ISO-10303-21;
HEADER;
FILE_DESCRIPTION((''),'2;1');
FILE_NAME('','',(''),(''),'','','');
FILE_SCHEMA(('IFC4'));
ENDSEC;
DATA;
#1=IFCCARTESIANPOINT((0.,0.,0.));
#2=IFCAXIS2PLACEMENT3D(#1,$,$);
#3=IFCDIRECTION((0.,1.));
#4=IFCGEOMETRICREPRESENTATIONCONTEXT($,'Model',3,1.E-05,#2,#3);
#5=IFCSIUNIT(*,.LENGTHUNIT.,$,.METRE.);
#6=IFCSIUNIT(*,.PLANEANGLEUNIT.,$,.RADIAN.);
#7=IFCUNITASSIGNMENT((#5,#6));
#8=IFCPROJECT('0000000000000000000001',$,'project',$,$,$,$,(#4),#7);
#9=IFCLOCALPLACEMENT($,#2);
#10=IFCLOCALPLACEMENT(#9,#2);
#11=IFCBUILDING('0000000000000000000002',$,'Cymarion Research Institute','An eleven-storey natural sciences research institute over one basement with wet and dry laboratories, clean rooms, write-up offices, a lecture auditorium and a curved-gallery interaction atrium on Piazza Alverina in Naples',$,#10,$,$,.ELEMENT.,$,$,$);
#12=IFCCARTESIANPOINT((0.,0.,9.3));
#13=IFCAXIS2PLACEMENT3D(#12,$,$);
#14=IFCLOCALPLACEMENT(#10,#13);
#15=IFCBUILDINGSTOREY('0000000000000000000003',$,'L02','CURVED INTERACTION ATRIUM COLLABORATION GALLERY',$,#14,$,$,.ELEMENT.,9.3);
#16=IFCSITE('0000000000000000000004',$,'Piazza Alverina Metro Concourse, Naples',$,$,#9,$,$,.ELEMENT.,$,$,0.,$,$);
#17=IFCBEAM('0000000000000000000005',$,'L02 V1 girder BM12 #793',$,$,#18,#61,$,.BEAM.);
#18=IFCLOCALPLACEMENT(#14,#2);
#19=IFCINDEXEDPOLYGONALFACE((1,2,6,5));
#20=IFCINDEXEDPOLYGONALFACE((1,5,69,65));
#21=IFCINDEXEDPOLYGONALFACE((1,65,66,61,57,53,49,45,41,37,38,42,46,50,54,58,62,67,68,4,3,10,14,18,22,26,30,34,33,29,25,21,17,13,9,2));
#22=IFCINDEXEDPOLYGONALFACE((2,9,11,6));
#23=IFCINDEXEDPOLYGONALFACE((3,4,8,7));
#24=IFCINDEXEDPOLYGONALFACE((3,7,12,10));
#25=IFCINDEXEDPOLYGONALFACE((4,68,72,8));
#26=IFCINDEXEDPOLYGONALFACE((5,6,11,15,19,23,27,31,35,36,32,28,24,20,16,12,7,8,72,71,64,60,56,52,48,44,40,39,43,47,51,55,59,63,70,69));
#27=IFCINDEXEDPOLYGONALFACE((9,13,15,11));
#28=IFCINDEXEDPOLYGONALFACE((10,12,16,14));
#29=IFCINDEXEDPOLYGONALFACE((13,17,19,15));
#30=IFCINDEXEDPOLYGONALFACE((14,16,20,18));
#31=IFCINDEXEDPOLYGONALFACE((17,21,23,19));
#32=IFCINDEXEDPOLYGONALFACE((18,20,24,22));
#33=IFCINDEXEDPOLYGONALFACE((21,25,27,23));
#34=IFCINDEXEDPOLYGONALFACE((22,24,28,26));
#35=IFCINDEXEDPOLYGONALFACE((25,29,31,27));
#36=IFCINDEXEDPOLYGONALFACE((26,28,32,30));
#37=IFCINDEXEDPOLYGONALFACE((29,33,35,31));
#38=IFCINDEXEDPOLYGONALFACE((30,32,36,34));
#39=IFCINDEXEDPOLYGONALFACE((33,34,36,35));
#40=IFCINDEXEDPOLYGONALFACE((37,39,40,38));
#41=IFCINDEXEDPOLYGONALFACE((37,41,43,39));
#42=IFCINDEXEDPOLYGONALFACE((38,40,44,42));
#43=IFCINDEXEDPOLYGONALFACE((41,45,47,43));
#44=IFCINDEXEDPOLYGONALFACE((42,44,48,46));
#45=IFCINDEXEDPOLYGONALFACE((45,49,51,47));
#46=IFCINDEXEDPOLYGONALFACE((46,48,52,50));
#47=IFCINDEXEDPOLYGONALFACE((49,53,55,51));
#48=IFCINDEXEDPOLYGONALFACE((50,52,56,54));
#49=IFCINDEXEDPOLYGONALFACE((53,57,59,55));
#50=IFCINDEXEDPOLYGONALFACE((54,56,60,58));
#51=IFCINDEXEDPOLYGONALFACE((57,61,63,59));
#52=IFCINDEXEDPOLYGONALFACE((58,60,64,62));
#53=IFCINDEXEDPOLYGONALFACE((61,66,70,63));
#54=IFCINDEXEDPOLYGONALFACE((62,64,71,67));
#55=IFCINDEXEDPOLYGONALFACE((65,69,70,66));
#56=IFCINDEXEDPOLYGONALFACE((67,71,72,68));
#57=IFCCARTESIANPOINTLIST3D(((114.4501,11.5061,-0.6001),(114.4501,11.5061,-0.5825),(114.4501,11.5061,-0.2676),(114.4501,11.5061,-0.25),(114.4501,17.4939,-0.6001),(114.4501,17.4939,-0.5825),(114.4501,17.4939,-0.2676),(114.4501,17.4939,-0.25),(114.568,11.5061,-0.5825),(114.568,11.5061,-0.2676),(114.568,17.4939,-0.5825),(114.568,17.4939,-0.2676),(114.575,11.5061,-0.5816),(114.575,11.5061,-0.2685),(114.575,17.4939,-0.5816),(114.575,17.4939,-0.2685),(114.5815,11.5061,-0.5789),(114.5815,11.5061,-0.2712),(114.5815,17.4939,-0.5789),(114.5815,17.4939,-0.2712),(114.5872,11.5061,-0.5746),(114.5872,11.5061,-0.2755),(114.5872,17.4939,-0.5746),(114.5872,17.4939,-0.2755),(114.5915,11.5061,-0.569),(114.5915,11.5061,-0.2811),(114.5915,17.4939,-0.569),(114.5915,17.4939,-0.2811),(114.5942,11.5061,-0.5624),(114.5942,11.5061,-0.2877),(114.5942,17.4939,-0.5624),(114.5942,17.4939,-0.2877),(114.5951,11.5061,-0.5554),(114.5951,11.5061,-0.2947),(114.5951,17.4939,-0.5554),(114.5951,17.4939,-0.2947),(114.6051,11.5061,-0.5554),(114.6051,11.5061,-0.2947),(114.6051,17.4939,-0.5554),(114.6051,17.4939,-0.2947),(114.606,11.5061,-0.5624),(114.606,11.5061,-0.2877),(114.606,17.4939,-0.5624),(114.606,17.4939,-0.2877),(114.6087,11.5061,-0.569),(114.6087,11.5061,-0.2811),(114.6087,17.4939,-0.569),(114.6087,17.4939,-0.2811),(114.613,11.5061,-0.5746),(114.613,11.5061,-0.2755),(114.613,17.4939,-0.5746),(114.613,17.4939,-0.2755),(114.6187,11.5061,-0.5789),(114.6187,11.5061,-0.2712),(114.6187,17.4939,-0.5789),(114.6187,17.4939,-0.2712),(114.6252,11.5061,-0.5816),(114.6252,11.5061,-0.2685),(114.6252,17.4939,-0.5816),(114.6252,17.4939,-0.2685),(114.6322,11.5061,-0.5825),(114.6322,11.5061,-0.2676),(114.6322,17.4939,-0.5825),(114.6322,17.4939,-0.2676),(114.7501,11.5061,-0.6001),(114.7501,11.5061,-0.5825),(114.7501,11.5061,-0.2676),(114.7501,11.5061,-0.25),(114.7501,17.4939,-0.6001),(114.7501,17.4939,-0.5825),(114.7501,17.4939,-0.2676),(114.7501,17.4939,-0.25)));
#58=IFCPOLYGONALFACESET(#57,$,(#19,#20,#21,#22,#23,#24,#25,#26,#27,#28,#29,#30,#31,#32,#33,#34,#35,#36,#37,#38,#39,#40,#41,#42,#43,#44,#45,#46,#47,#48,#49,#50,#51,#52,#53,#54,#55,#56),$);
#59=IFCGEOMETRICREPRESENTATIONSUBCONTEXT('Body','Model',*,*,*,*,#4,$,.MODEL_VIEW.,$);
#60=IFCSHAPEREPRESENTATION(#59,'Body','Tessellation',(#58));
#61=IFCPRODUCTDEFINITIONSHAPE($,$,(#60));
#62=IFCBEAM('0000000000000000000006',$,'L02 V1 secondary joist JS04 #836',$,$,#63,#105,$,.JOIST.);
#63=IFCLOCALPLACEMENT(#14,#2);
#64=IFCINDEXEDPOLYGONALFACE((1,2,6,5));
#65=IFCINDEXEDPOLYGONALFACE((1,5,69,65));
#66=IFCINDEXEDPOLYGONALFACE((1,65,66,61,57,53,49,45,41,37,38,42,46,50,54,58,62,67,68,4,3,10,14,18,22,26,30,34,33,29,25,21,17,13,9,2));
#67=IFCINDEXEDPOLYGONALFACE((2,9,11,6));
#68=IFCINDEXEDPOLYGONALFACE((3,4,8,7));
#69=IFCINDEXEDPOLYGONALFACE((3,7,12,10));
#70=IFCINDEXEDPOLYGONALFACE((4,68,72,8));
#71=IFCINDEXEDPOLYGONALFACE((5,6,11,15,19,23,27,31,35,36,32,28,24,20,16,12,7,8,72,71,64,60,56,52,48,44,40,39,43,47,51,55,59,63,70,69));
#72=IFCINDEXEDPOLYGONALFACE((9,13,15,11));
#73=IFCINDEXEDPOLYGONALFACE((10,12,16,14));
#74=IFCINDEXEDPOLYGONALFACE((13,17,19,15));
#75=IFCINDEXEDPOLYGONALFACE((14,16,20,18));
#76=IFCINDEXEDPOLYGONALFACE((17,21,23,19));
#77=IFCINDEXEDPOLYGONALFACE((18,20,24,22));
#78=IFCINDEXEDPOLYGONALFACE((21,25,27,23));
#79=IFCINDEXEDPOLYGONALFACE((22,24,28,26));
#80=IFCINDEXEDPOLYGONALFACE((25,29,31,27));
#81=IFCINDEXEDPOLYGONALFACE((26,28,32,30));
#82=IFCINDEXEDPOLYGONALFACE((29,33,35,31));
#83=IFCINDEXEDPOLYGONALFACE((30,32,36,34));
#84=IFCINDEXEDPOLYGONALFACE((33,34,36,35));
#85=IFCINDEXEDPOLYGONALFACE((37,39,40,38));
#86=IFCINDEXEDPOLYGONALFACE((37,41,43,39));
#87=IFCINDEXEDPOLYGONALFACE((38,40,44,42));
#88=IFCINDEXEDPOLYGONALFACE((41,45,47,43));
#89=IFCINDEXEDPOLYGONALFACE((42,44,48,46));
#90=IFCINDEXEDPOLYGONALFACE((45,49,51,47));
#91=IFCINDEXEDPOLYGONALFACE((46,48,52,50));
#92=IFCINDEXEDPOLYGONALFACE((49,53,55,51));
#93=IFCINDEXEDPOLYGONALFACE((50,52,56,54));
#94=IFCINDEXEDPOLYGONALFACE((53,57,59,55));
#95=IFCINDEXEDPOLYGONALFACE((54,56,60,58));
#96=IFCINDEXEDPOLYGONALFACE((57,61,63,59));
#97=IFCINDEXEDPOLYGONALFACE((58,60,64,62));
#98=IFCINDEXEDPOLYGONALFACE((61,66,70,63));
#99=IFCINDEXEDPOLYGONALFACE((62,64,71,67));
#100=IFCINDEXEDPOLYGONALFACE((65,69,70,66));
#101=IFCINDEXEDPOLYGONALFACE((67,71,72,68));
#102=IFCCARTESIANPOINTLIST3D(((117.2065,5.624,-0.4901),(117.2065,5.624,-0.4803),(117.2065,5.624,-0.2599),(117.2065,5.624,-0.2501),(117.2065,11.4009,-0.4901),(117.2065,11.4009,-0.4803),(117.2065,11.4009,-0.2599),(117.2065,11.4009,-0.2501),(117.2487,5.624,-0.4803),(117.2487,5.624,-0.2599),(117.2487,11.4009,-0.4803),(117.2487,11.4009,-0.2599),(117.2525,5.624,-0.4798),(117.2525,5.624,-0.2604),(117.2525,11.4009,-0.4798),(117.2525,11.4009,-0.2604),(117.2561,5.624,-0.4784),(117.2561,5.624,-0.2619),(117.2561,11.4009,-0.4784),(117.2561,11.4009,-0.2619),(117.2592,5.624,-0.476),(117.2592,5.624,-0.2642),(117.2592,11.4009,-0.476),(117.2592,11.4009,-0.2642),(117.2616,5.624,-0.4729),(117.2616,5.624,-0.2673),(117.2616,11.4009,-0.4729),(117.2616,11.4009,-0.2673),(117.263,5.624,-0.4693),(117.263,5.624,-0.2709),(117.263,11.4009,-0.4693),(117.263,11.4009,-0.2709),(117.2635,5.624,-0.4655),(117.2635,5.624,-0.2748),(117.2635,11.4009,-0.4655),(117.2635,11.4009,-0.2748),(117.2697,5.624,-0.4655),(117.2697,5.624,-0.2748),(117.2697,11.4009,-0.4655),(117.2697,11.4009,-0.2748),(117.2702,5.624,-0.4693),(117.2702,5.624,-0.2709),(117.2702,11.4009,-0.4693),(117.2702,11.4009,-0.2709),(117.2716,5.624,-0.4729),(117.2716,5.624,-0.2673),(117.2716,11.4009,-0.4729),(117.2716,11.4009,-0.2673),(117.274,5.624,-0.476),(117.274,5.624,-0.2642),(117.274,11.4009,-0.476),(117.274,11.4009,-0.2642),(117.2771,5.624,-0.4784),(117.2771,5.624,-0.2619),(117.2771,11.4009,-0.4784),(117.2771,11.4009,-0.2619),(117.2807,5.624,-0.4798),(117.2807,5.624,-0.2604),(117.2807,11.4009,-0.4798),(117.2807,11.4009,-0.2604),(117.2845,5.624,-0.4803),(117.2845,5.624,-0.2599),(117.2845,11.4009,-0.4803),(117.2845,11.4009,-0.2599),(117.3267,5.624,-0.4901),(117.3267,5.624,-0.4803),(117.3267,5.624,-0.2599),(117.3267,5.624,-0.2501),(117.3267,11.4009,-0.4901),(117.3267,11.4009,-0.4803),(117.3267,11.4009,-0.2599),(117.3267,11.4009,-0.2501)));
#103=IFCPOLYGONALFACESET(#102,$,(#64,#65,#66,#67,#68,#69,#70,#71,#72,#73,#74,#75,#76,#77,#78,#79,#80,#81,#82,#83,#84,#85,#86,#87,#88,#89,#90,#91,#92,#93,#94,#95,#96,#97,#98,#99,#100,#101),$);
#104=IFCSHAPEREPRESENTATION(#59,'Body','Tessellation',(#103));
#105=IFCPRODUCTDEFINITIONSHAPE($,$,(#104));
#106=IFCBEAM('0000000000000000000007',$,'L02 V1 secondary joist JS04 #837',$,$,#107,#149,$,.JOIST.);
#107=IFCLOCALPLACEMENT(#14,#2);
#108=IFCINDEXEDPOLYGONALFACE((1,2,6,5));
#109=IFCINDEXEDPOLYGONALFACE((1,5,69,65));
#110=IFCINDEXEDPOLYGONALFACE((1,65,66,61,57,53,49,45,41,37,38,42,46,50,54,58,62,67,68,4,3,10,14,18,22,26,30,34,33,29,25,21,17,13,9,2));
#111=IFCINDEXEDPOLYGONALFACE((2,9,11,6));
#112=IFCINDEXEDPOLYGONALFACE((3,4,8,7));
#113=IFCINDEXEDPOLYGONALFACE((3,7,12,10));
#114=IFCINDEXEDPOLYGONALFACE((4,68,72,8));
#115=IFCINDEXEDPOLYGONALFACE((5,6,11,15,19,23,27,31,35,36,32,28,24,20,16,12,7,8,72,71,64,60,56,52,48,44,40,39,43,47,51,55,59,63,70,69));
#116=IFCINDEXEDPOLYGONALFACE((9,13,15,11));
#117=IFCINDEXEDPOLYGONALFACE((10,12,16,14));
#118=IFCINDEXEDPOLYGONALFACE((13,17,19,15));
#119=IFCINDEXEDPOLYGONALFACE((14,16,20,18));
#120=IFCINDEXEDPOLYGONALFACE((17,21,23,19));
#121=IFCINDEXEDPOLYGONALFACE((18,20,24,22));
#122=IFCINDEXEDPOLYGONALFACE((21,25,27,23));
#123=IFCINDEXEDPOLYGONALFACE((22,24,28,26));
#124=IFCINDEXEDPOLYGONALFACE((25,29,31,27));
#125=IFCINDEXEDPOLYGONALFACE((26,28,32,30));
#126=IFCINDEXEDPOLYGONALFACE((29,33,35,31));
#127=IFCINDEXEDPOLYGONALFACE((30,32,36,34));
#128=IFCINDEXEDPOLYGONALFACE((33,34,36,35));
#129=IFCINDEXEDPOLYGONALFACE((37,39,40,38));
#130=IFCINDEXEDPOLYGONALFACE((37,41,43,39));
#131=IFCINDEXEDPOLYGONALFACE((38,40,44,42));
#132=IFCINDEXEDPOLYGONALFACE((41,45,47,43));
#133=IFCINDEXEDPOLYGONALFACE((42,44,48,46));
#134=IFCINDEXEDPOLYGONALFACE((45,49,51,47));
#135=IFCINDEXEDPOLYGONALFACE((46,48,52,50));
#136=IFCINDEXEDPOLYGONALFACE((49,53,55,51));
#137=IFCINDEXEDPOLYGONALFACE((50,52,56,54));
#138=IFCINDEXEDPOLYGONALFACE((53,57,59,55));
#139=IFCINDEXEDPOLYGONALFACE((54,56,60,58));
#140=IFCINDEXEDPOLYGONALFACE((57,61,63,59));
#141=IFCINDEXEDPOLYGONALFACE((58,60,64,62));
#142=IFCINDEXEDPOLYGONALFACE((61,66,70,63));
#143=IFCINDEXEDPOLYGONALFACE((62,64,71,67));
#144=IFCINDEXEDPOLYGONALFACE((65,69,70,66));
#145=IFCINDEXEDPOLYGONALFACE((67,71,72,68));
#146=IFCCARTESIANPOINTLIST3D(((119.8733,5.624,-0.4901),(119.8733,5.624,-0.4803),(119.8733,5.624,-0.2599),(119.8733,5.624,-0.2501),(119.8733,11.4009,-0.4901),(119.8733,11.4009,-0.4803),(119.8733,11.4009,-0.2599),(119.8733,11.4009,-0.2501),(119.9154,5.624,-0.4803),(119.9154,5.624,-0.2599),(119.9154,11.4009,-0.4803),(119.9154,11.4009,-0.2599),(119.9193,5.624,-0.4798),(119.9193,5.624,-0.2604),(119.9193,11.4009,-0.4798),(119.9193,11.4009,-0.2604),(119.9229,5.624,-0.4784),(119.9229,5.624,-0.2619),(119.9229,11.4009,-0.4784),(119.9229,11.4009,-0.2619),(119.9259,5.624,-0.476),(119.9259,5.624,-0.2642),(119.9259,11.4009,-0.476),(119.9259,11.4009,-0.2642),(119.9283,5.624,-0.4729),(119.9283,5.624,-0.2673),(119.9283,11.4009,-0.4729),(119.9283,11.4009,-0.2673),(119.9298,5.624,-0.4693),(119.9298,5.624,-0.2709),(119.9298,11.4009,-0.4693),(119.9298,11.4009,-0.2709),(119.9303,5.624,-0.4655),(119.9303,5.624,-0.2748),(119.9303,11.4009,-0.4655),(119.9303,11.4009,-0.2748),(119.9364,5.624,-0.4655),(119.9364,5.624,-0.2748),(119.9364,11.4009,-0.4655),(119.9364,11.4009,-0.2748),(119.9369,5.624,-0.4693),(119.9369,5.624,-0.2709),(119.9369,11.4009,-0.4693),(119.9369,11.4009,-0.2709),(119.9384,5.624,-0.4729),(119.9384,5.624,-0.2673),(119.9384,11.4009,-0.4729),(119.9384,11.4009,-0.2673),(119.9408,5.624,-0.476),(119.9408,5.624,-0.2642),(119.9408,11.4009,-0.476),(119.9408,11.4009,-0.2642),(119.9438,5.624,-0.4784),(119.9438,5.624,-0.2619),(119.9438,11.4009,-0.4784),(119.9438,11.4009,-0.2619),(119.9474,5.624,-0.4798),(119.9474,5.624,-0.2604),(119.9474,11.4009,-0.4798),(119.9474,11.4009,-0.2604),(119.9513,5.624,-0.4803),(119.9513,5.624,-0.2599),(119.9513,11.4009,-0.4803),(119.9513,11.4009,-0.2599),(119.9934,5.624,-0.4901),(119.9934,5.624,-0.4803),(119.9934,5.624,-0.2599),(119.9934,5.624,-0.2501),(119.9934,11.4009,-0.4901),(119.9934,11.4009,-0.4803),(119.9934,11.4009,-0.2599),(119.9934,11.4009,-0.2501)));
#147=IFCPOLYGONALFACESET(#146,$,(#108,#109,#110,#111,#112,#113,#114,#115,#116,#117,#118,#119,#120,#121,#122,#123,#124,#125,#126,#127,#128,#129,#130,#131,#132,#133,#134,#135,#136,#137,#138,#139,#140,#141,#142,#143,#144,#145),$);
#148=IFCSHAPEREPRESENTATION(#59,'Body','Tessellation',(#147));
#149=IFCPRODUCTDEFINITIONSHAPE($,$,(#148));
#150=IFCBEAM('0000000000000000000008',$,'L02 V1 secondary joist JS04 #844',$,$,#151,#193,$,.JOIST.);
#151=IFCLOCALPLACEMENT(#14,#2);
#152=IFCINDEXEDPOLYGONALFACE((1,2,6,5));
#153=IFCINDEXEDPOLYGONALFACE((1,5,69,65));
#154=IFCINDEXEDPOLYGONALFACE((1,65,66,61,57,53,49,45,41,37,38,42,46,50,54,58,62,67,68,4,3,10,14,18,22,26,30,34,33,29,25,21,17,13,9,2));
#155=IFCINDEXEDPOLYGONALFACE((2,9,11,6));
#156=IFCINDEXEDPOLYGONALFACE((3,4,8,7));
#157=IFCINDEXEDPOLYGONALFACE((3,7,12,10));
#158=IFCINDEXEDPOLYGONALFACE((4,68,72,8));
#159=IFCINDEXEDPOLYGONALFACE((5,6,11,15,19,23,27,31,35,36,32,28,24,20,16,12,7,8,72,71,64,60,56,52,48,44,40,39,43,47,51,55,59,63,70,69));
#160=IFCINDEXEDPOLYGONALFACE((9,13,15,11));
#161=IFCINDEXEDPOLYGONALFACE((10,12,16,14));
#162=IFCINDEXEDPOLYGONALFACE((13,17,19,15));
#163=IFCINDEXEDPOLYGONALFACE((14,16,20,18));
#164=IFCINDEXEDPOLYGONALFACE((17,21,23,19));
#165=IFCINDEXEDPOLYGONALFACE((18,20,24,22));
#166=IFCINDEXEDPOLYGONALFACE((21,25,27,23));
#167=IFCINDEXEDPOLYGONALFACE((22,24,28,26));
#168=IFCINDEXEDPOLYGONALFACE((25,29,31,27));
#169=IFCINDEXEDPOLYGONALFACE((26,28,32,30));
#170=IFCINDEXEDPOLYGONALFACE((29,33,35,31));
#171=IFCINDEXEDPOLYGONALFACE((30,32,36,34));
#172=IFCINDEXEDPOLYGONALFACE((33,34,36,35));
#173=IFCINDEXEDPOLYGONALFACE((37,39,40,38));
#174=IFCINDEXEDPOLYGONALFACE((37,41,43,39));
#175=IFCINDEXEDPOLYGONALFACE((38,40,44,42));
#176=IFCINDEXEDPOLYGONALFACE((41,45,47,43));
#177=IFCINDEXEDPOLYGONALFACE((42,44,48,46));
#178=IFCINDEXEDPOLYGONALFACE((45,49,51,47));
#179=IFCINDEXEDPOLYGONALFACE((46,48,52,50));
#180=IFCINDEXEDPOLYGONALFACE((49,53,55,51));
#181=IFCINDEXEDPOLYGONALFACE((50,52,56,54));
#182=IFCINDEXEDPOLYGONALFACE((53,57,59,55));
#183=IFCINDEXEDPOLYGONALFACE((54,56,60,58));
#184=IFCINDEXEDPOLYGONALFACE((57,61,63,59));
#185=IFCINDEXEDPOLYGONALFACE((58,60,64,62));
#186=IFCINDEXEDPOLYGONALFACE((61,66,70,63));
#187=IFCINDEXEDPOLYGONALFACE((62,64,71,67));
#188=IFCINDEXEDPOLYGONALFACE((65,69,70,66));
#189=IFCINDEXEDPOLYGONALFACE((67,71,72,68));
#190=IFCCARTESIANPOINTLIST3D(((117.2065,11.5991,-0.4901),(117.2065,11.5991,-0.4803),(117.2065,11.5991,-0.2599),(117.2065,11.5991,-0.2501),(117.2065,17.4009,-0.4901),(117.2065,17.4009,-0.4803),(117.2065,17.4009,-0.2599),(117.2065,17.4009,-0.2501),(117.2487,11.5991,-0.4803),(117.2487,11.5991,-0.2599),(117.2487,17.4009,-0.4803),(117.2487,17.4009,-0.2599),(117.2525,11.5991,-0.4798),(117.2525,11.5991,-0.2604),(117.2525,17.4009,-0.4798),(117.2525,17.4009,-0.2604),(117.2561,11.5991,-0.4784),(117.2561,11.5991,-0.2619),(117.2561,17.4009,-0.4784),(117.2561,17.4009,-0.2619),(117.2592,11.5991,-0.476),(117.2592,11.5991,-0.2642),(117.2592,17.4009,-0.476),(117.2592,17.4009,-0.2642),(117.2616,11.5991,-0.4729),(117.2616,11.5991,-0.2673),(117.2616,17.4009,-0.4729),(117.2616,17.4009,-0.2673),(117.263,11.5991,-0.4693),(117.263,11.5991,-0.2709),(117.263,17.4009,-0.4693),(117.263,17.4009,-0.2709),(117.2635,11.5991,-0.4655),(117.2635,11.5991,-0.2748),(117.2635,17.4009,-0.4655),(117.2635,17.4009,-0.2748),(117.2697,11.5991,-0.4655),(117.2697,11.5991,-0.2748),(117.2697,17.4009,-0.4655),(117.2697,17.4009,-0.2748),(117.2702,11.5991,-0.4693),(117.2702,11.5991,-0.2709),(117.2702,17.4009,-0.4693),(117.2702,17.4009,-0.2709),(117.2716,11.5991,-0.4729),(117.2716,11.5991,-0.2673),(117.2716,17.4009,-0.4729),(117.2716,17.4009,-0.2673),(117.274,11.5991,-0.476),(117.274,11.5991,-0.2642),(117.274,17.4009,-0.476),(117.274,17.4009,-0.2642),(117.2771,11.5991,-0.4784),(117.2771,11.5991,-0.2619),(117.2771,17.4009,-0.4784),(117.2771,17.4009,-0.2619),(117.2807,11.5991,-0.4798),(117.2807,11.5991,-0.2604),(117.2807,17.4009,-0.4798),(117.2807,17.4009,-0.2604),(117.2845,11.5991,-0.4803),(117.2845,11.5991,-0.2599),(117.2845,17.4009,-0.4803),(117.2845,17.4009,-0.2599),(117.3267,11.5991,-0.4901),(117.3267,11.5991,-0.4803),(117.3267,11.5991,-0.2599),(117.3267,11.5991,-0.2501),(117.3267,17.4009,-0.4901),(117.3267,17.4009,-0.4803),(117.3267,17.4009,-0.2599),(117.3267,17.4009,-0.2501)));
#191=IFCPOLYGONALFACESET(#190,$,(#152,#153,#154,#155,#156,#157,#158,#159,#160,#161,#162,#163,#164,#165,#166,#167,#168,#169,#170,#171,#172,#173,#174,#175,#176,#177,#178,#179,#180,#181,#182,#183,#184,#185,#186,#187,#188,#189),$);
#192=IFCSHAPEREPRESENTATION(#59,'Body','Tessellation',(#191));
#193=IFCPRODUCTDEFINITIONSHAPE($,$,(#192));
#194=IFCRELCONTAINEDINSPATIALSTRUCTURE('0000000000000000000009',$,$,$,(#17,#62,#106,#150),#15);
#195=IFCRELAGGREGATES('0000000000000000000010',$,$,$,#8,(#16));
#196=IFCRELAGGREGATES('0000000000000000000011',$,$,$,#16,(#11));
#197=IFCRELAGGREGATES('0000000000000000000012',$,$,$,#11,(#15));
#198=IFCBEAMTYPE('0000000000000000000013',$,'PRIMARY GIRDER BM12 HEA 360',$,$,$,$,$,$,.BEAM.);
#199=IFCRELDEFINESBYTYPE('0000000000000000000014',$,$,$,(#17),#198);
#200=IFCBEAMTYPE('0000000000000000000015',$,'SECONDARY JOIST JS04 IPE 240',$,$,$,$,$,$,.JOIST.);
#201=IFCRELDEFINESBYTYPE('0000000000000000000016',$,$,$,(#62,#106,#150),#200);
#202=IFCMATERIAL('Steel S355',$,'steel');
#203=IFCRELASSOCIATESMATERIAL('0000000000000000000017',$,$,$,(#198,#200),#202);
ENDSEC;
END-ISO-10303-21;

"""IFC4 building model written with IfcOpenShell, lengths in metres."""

from ifc_helpers import new_model, si_unit, direction, frame, origin, origin_2d, place, context, subcontext, project, spatial, i_section, extrude, material, material_profile, profile_set, type_object, element, save


model = new_model("IFC4")

# Units and contexts
model_context = context("Model", 3, precision=1e-05, world=origin(), true_north=direction((0.0, 1.0)))
body_context = subcontext(model_context, "Body", "Model", "MODEL_VIEW")
ifc_project = project(units=[si_unit("LENGTHUNIT", "METRE"), si_unit("PLANEANGLEUNIT", "RADIAN")], contexts=[model_context])

# Site, building, storey
site_placement = place(None, origin())
site = spatial("IfcSite", under=ifc_project, at=site_placement, Name="Piazza Alverina Metro Concourse, Naples", CompositionType="ELEMENT", RefElevation=0.0)
building_placement = place(site_placement, origin())
building = spatial("IfcBuilding", under=site, at=building_placement, Name="Cymarion Research Institute", Description="An eleven-storey natural sciences research institute over one basement with wet and dry laboratories, clean rooms, write-up offices, a lecture auditorium and a curved-gallery interaction atrium on Piazza Alverina in Naples", CompositionType="ELEMENT")
storey_placement = place(building_placement, frame((0.0, 0.0, 9.3)))
storey = spatial("IfcBuildingStorey", under=building, at=storey_placement, Name="L02", Description="CURVED INTERACTION ATRIUM COLLABORATION GALLERY", CompositionType="ELEMENT", Elevation=9.3)

# Shared definitions
ifc_material_1 = material(Name="Steel S355", Category="steel")

# Beams
ifc_material_profile_1 = material_profile(ifc_material_1, i_section(OverallWidth=0.3, OverallDepth=0.3501, WebThickness=0.01, FlangeThickness=0.0176, FilletRadius=0.0271, at=origin_2d()), Name="HEA 360")
ifc_profile_set_1 = profile_set([ifc_material_profile_1], Name="Steel S355")
beam_type_1 = type_object("IfcBeamType", Name="PRIMARY GIRDER BM12 HEA 360", PredefinedType="BEAM", material=ifc_profile_set_1)
for number, where, z_axis, x_axis, name in (
    (1, (114.6001, 11.5061, -0.425), (0.0, 1.0, 0.0), (-1.0, 0.0, 0.0), "L02 V1 girder BM12 #793"),
):
    element("IfcBeam", number, at=place(storey_placement, frame(where, z_axis=z_axis, x_axis=x_axis)), inside=storey, type_object=beam_type_1, Name=name, PredefinedType="BEAM", context=body_context, shape_type="SweptSolid", body=[
        extrude(i_section(OverallWidth=0.3, OverallDepth=0.3501, WebThickness=0.01, FlangeThickness=0.0176, FilletRadius=0.0271, at=origin_2d()), origin(), (0.0, 0.0, 1.0), 5.9878),
    ])
ifc_material_profile_2 = material_profile(ifc_material_1, i_section(OverallWidth=0.1201, OverallDepth=0.24, WebThickness=0.0061, FlangeThickness=0.0098, FilletRadius=0.0149, at=origin_2d()), Name="IPE 240")
ifc_profile_set_2 = profile_set([ifc_material_profile_2], Name="Steel S355")
beam_type_2 = type_object("IfcBeamType", Name="SECONDARY JOIST JS04 IPE 240", PredefinedType="JOIST", material=ifc_profile_set_2)
for number, where, z_axis, x_axis, name in (
    (2, (117.2666, 5.624, -0.3701), (0.0, 1.0, 0.0), (-1.0, 0.0, 0.0), "L02 V1 secondary joist JS04 #836"),
    (3, (119.9333, 5.624, -0.3701), (0.0, 1.0, 0.0), (-1.0, 0.0, 0.0), "L02 V1 secondary joist JS04 #837"),
):
    element("IfcBeam", number, at=place(storey_placement, frame(where, z_axis=z_axis, x_axis=x_axis)), inside=storey, type_object=beam_type_2, Name=name, PredefinedType="JOIST", context=body_context, shape_type="SweptSolid", body=[
        extrude(i_section(OverallWidth=0.1201, OverallDepth=0.24, WebThickness=0.0061, FlangeThickness=0.0098, FilletRadius=0.0149, at=origin_2d()), origin(), (0.0, 0.0, 1.0), 5.7769),
    ])
for number, where, z_axis, x_axis, name in (
    (4, (117.2666, 11.5991, -0.3701), (0.0, 1.0, 0.0), (-1.0, 0.0, 0.0), "L02 V1 secondary joist JS04 #844"),
):
    element("IfcBeam", number, at=place(storey_placement, frame(where, z_axis=z_axis, x_axis=x_axis)), inside=storey, type_object=beam_type_2, Name=name, PredefinedType="JOIST", context=body_context, shape_type="SweptSolid", body=[
        extrude(i_section(OverallWidth=0.1201, OverallDepth=0.24, WebThickness=0.0061, FlangeThickness=0.0098, FilletRadius=0.0149, at=origin_2d()), origin(), (0.0, 0.0, 1.0), 5.8018),
    ])

save(model, "model.ifc")
